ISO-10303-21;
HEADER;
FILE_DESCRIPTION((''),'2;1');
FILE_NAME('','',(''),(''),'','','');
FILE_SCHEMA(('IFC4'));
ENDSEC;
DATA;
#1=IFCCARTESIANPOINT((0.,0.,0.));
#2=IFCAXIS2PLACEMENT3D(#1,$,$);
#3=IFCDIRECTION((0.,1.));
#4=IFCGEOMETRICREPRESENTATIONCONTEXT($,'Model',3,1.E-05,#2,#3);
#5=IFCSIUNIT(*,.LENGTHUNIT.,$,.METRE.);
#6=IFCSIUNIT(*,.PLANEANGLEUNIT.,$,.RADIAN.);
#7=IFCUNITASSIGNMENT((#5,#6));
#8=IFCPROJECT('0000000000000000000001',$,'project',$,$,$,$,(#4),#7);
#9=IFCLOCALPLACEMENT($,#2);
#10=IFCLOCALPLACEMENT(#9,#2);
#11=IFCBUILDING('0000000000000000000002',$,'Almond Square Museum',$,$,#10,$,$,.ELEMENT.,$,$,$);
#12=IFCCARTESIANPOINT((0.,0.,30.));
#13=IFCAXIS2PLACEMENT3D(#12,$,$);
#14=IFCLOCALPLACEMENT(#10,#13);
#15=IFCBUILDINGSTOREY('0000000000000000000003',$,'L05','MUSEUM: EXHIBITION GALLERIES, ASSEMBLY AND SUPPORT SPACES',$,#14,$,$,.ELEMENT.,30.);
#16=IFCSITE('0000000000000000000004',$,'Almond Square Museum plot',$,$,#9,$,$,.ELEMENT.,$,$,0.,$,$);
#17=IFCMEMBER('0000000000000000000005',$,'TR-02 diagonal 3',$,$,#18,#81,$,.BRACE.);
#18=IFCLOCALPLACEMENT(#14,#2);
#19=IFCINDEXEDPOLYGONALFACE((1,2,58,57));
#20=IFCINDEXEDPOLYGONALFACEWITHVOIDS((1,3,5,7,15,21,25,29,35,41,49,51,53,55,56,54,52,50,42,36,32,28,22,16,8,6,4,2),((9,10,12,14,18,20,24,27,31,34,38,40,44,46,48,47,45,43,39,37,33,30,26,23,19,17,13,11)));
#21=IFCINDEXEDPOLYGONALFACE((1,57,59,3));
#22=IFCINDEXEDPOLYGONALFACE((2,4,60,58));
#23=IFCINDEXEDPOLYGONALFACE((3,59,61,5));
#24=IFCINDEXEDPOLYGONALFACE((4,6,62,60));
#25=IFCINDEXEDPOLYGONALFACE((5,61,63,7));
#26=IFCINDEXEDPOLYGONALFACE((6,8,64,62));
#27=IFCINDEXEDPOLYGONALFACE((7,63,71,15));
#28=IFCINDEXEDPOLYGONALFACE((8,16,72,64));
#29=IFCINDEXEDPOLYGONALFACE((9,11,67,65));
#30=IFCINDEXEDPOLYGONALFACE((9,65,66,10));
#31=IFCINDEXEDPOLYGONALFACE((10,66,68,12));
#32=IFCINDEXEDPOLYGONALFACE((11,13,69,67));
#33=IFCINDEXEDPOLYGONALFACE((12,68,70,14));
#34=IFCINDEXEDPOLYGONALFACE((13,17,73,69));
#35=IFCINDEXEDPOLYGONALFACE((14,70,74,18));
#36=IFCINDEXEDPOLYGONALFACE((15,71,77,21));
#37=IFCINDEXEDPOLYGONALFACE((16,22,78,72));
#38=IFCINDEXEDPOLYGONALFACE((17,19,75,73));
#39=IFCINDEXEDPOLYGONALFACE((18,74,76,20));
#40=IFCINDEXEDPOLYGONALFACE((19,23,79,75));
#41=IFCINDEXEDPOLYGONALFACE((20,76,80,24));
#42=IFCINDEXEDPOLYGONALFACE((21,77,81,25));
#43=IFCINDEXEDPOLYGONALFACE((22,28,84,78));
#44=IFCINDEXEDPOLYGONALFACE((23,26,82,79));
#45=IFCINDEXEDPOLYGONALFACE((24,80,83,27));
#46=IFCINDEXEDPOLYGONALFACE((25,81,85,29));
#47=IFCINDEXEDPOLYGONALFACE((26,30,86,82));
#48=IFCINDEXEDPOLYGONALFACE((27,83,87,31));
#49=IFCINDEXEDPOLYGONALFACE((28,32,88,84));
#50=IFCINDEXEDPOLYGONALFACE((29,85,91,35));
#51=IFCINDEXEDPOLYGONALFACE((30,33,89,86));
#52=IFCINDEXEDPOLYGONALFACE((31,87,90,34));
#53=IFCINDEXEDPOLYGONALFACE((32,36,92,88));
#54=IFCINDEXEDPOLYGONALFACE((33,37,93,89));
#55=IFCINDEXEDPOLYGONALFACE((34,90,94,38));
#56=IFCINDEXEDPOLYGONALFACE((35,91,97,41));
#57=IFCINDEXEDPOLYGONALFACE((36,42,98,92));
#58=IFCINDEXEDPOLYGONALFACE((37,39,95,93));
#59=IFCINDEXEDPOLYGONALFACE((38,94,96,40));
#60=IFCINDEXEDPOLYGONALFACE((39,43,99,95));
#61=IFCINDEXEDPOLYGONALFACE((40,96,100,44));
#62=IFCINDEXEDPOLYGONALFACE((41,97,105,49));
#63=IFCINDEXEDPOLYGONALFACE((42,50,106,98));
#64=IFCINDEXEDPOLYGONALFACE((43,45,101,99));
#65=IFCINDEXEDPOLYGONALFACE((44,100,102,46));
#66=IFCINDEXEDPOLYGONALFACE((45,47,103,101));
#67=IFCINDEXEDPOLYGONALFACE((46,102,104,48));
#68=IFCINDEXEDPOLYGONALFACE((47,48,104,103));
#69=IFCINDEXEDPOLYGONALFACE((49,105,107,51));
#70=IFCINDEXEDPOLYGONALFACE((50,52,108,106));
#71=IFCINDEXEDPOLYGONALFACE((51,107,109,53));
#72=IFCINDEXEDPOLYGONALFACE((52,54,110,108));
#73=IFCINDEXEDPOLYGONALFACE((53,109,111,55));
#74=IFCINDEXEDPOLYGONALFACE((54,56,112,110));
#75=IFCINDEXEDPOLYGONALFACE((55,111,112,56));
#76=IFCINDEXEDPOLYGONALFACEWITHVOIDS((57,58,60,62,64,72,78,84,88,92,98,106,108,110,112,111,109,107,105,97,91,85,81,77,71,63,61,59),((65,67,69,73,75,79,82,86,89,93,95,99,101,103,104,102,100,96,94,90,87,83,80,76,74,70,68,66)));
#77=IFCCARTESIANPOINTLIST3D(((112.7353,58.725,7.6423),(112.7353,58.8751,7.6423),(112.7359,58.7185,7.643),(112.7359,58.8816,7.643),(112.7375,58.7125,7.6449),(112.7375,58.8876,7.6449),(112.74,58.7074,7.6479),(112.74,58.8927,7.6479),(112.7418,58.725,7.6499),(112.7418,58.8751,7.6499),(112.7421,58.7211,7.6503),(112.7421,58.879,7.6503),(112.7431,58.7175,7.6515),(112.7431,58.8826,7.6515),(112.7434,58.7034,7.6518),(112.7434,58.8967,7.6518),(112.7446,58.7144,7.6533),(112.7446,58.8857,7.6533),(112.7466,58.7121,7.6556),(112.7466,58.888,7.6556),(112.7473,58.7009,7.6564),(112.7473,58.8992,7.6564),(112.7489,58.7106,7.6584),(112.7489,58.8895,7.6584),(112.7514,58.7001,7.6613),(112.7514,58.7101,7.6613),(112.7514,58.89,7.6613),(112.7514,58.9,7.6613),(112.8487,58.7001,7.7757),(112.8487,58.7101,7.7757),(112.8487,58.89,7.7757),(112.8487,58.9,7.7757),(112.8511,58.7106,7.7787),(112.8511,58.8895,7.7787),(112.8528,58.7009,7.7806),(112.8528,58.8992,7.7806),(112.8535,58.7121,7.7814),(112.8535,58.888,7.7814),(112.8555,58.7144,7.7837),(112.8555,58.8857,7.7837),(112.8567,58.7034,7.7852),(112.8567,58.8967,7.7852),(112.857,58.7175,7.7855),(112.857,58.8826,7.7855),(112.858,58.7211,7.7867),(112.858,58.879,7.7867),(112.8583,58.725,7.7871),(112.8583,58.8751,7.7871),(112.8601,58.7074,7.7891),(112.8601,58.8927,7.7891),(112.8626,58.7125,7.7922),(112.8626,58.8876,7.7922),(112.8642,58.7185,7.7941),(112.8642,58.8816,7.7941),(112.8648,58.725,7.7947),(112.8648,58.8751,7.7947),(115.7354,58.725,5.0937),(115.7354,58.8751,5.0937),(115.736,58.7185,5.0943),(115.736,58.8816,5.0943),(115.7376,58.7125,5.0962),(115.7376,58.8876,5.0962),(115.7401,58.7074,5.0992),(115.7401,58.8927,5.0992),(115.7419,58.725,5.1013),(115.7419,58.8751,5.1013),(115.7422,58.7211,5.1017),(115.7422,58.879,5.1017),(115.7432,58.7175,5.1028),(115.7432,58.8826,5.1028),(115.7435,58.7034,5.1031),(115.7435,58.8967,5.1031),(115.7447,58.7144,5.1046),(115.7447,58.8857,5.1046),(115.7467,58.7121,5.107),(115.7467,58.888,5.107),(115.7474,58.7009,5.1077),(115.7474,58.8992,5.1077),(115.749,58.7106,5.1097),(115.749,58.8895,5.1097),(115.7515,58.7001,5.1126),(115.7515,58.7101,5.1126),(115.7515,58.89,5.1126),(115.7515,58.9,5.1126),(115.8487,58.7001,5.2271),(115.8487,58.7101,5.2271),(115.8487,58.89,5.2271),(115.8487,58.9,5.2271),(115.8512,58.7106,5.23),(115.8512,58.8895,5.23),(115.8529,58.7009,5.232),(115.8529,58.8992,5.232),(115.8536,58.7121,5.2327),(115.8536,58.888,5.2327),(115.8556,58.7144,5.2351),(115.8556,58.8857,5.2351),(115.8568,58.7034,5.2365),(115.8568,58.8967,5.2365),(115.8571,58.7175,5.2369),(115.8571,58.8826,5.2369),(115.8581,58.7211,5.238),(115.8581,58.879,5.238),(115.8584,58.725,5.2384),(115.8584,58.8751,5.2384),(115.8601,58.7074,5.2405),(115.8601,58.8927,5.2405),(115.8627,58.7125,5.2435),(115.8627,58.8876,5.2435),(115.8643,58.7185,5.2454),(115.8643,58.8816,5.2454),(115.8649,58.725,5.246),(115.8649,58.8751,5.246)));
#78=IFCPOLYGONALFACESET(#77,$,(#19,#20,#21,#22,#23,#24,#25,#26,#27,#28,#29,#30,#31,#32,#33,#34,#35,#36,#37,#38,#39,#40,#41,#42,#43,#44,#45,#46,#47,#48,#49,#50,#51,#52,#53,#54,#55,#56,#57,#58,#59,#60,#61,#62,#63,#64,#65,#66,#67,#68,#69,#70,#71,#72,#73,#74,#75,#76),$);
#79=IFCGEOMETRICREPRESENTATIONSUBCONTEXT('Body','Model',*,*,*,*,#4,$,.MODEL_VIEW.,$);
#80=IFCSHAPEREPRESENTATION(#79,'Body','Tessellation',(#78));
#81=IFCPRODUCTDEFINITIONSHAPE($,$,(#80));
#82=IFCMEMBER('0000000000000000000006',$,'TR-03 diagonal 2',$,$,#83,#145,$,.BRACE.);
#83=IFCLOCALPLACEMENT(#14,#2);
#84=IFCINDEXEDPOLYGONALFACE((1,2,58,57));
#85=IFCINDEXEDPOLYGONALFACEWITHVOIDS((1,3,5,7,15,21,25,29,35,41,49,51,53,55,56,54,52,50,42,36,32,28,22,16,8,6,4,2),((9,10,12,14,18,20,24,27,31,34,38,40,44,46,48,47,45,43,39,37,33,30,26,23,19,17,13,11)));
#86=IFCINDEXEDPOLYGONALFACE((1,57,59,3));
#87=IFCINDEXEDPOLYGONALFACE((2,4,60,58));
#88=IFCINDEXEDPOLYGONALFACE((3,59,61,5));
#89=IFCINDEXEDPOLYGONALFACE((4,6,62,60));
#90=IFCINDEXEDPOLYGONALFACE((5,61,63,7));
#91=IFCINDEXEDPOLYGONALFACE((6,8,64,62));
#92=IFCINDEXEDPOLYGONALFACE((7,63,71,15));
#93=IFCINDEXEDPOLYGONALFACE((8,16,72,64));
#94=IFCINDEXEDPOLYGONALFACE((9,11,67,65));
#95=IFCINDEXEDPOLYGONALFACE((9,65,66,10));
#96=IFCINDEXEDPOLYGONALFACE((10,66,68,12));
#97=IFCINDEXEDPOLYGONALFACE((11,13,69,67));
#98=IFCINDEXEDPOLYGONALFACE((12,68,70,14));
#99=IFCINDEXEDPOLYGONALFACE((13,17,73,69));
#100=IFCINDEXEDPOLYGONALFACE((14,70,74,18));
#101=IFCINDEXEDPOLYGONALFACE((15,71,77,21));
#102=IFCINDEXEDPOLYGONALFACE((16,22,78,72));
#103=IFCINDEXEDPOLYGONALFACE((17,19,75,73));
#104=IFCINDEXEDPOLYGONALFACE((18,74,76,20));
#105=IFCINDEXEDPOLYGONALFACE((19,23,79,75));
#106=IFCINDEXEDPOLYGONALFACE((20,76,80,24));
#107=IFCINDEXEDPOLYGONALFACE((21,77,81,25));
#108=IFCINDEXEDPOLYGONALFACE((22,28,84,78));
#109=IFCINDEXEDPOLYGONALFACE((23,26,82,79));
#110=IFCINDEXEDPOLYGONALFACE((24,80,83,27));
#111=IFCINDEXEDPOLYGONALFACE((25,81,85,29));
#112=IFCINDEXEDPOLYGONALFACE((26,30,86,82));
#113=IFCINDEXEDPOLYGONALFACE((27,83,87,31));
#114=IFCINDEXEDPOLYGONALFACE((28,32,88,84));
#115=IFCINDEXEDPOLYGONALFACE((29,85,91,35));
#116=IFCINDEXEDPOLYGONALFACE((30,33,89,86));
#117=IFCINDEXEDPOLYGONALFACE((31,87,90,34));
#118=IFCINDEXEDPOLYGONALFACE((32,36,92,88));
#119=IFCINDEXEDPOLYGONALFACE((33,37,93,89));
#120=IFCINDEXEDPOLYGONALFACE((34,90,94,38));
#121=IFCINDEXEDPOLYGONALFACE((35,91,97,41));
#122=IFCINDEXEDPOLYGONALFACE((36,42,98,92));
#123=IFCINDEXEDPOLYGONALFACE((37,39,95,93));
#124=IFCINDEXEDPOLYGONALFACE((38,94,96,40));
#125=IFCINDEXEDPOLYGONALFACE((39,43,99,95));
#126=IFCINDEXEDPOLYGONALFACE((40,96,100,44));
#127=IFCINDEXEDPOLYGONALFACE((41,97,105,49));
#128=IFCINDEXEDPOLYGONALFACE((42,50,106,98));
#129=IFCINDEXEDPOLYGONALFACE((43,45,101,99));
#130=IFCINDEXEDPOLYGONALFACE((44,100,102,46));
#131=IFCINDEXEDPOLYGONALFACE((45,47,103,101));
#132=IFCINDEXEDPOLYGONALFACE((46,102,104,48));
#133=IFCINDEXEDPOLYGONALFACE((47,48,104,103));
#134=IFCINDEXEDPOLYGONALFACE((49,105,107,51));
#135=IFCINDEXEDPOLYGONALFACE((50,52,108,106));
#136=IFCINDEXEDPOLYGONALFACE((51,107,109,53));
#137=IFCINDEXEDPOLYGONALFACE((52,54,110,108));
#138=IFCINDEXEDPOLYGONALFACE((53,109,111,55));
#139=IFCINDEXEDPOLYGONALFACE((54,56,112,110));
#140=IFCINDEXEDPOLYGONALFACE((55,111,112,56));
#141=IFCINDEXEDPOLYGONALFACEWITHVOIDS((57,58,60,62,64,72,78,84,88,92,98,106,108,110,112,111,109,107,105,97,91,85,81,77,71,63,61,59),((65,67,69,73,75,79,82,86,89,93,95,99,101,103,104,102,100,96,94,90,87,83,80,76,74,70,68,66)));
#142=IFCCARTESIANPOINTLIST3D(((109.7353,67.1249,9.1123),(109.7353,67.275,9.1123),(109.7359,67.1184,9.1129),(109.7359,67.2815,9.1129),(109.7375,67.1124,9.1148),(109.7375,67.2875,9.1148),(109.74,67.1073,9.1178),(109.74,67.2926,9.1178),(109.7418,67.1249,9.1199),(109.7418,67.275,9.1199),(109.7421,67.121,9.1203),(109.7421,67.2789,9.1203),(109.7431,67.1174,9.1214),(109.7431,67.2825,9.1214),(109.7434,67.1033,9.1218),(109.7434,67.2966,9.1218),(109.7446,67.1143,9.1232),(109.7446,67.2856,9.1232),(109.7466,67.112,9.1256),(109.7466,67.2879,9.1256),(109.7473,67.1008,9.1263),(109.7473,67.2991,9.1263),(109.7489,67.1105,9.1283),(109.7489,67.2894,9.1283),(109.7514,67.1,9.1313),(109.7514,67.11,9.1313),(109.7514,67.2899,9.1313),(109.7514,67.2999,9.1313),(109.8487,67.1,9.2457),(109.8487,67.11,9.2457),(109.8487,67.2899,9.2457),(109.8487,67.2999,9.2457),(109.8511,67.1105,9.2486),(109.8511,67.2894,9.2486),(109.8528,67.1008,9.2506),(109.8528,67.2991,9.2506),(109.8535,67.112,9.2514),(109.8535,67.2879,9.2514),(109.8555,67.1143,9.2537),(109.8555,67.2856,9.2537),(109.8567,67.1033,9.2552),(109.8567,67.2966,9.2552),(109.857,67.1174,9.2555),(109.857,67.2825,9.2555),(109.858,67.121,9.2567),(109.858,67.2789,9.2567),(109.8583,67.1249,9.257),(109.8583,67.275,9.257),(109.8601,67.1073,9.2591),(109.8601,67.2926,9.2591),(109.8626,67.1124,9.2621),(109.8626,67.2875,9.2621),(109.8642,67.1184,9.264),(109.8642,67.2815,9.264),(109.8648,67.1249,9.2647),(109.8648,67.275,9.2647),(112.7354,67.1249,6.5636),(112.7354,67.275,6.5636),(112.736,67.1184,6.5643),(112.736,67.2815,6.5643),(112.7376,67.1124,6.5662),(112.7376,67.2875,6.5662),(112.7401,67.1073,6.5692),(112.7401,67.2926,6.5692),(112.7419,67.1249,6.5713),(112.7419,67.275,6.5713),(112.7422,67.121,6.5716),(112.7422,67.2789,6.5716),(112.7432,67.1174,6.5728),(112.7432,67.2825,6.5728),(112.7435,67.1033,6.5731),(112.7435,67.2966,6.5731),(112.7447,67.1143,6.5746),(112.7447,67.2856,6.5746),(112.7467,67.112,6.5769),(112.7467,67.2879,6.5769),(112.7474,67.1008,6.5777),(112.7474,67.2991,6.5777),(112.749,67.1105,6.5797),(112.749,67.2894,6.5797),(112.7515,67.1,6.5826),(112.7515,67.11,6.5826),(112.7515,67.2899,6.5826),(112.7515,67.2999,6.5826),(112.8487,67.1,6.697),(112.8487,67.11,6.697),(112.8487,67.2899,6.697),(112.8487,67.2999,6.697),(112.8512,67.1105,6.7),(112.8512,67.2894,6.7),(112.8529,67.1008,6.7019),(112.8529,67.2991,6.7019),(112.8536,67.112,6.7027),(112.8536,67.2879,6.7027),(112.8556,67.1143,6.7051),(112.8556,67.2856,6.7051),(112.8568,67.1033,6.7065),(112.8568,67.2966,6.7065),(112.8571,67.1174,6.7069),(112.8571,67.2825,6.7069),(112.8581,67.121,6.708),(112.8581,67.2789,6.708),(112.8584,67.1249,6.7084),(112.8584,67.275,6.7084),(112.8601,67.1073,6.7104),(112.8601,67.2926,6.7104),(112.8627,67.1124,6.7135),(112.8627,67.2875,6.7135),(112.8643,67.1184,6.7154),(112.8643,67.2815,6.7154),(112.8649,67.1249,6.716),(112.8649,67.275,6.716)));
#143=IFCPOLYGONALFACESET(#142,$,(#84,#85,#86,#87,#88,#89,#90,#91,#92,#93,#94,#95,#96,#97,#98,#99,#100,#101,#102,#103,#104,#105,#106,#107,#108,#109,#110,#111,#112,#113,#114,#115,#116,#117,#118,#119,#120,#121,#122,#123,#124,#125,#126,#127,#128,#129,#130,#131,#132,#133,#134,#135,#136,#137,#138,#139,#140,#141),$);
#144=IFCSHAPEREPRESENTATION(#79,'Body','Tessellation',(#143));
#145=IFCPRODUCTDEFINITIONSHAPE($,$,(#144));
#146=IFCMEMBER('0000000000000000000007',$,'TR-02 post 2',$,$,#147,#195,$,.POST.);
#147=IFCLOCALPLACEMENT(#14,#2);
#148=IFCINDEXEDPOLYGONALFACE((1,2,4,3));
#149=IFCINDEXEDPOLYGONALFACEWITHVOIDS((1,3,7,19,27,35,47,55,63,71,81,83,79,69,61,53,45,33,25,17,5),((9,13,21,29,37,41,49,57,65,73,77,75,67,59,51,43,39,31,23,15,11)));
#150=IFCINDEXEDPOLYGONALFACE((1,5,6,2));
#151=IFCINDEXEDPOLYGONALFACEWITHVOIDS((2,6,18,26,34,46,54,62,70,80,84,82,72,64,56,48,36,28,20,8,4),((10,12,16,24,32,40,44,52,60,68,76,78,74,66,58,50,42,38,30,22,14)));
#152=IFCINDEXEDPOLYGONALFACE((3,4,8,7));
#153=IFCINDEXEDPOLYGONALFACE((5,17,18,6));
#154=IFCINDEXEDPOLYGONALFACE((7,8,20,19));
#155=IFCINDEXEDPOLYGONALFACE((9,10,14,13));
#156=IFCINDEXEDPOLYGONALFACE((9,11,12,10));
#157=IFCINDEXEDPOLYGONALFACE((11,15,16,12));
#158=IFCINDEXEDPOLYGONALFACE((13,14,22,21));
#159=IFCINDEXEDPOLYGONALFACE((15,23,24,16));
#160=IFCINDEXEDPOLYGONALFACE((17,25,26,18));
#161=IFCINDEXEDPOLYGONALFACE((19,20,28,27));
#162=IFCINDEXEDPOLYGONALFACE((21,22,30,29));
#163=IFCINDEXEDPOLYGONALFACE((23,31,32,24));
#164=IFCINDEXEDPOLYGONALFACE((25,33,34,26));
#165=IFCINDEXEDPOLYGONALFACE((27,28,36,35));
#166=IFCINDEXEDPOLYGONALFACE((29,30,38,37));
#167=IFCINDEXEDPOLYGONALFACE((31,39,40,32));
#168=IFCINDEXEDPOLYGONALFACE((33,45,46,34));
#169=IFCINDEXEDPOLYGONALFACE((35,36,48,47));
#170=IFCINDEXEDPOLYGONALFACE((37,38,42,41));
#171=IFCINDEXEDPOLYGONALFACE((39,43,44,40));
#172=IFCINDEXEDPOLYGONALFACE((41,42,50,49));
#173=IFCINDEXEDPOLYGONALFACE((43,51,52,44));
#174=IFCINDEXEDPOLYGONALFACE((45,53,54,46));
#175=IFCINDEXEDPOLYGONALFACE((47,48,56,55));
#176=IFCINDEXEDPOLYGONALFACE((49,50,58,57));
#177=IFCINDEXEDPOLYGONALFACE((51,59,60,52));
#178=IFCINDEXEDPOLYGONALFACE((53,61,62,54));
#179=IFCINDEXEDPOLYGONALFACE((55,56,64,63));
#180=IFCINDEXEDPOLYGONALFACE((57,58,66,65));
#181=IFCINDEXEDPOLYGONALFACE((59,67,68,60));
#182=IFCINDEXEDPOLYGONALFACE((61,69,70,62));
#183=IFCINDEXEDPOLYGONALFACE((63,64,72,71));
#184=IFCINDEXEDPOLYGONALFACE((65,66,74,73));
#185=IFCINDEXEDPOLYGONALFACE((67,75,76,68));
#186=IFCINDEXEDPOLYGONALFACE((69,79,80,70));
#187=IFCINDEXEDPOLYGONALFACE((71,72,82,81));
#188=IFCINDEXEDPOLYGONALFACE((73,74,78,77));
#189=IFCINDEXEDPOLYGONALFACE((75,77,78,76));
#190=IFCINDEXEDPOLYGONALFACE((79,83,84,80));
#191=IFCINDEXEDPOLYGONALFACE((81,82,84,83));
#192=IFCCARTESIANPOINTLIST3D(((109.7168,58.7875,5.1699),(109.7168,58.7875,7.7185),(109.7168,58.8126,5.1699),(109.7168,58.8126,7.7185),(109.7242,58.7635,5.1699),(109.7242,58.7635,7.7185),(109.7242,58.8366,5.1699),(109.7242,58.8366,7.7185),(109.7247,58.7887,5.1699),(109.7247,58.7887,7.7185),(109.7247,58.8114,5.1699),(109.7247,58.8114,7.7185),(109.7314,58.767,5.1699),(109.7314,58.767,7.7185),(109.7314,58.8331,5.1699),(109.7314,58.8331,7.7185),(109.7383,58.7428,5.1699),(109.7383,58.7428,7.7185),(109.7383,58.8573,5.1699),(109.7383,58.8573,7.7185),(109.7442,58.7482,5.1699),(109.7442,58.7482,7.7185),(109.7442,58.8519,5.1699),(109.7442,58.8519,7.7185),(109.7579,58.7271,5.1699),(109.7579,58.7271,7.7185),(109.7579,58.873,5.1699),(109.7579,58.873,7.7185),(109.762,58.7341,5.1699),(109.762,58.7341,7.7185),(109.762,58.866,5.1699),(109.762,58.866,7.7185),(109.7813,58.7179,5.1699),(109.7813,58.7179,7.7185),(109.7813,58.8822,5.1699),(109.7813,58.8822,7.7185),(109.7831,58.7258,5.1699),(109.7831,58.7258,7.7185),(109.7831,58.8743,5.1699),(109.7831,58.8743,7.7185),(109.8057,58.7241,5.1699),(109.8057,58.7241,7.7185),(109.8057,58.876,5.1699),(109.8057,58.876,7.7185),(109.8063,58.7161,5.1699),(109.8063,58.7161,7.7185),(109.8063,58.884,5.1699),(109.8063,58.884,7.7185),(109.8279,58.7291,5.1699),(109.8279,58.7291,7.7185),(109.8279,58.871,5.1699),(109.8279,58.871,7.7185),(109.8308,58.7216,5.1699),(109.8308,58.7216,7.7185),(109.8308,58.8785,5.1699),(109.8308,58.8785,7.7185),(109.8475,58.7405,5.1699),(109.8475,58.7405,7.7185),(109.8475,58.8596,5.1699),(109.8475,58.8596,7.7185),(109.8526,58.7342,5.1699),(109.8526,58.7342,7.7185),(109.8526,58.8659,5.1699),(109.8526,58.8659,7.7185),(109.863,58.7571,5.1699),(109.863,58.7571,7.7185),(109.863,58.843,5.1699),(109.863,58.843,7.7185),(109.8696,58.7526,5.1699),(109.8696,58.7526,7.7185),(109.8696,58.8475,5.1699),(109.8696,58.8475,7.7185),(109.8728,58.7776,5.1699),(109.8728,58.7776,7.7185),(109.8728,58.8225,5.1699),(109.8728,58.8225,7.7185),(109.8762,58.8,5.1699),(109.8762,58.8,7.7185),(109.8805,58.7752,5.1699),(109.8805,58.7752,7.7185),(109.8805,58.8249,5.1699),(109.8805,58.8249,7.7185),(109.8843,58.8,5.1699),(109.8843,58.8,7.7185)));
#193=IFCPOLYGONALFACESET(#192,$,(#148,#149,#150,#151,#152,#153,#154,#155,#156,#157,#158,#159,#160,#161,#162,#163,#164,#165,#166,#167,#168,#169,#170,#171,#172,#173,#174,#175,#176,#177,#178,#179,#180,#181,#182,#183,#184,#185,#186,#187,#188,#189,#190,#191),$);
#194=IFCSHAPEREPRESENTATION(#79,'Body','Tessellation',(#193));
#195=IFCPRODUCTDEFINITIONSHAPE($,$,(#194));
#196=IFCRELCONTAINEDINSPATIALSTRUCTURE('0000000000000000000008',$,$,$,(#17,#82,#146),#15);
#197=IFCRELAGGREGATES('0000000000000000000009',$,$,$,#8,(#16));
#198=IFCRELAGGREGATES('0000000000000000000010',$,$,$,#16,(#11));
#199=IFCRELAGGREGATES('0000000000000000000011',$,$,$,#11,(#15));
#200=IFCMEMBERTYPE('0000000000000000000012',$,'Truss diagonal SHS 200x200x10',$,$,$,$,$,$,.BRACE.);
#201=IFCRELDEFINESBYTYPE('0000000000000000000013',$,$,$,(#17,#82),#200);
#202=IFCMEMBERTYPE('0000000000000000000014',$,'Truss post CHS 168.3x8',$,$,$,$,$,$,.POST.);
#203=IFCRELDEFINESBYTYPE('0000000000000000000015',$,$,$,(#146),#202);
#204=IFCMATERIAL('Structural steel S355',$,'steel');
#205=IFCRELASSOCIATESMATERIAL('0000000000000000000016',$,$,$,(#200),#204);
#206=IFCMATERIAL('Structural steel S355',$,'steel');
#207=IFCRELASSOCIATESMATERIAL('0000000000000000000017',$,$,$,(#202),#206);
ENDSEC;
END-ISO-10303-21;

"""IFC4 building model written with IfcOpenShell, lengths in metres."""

from ifc_helpers import new_model, si_unit, direction, frame, origin, origin_2d, place, context, subcontext, project, spatial, hollow_rectangle, hollow_circle, extrude, material, material_profile, profile_set, type_object, element, save


model = new_model("IFC4")

# Units and contexts
model_context = context("Model", 3, precision=1e-05, world=origin(), true_north=direction((0.0, 1.0)))
body_context = subcontext(model_context, "Body", "Model", "MODEL_VIEW")
ifc_project = project(units=[si_unit("LENGTHUNIT", "METRE"), si_unit("PLANEANGLEUNIT", "RADIAN")], contexts=[model_context])

# Site, building, storey
site_placement = place(None, origin())
site = spatial("IfcSite", under=ifc_project, at=site_placement, Name="Almond Square Museum plot", CompositionType="ELEMENT", RefElevation=0.0)
building_placement = place(site_placement, origin())
building = spatial("IfcBuilding", under=site, at=building_placement, Name="Almond Square Museum", CompositionType="ELEMENT")
storey_placement = place(building_placement, frame((0.0, 0.0, 30.0)))
storey = spatial("IfcBuildingStorey", under=building, at=storey_placement, Name="L05", Description="MUSEUM: EXHIBITION GALLERIES, ASSEMBLY AND SUPPORT SPACES", CompositionType="ELEMENT", Elevation=30.0)

# Members
ifc_material_1 = material(Name="Structural steel S355", Category="steel")
ifc_material_profile_1 = material_profile(ifc_material_1, hollow_rectangle(XDim=0.2, YDim=0.2, WallThickness=0.01, InnerFilletRadius=0.0149, OuterFilletRadius=0.0249, at=origin_2d()))
ifc_profile_set_1 = profile_set([ifc_material_profile_1], Name="Structural steel S355")
member_type_1 = type_object("IfcMemberType", Name="Truss diagonal SHS 200x200x10", PredefinedType="BRACE", material=ifc_profile_set_1)
for number, where, z_axis, x_axis, name in (
    (1, (112.8, 58.8, 7.7185), (0.762117, 0.0, -0.64744), (0.0, 1.0, 0.0), "TR-02 diagonal 3"),
    (2, (109.8, 67.2, 9.1885), (0.762117, 0.0, -0.64744), (0.0, 1.0, 0.0), "TR-03 diagonal 2"),
):
    element("IfcMember", number, at=place(storey_placement, frame(where, z_axis=z_axis, x_axis=x_axis)), inside=storey, type_object=member_type_1, Name=name, PredefinedType="BRACE", context=body_context, shape_type="SweptSolid", body=[
        extrude(hollow_rectangle(XDim=0.2, YDim=0.2, WallThickness=0.01, InnerFilletRadius=0.0149, OuterFilletRadius=0.0249, at=origin_2d()), origin(), (0.0, 0.0, 1.0), 3.9365),
    ])
ifc_material_2 = material(Name="Structural steel S355", Category="steel")
ifc_material_profile_2 = material_profile(ifc_material_2, hollow_circle(Radius=0.0842, WallThickness=0.0081, at=origin_2d()))
ifc_profile_set_2 = profile_set([ifc_material_profile_2], Name="Structural steel S355")
member_type_2 = type_object("IfcMemberType", Name="Truss post CHS 168.3x8", PredefinedType="POST", material=ifc_profile_set_2)
for number, where, z_axis, x_axis, name in (
    (3, (109.8, 58.8, 5.1699), (0.0, 0.0, 1.0), (1.0, 0.0, 0.0), "TR-02 post 2"),
):
    element("IfcMember", number, at=place(storey_placement, frame(where, z_axis=z_axis, x_axis=x_axis)), inside=storey, type_object=member_type_2, Name=name, PredefinedType="POST", context=body_context, shape_type="SweptSolid", body=[
        extrude(hollow_circle(Radius=0.0842, WallThickness=0.0081, at=origin_2d()), origin(), (0.0, 0.0, 1.0), 2.5486),
    ])

save(model, "model.ifc")
